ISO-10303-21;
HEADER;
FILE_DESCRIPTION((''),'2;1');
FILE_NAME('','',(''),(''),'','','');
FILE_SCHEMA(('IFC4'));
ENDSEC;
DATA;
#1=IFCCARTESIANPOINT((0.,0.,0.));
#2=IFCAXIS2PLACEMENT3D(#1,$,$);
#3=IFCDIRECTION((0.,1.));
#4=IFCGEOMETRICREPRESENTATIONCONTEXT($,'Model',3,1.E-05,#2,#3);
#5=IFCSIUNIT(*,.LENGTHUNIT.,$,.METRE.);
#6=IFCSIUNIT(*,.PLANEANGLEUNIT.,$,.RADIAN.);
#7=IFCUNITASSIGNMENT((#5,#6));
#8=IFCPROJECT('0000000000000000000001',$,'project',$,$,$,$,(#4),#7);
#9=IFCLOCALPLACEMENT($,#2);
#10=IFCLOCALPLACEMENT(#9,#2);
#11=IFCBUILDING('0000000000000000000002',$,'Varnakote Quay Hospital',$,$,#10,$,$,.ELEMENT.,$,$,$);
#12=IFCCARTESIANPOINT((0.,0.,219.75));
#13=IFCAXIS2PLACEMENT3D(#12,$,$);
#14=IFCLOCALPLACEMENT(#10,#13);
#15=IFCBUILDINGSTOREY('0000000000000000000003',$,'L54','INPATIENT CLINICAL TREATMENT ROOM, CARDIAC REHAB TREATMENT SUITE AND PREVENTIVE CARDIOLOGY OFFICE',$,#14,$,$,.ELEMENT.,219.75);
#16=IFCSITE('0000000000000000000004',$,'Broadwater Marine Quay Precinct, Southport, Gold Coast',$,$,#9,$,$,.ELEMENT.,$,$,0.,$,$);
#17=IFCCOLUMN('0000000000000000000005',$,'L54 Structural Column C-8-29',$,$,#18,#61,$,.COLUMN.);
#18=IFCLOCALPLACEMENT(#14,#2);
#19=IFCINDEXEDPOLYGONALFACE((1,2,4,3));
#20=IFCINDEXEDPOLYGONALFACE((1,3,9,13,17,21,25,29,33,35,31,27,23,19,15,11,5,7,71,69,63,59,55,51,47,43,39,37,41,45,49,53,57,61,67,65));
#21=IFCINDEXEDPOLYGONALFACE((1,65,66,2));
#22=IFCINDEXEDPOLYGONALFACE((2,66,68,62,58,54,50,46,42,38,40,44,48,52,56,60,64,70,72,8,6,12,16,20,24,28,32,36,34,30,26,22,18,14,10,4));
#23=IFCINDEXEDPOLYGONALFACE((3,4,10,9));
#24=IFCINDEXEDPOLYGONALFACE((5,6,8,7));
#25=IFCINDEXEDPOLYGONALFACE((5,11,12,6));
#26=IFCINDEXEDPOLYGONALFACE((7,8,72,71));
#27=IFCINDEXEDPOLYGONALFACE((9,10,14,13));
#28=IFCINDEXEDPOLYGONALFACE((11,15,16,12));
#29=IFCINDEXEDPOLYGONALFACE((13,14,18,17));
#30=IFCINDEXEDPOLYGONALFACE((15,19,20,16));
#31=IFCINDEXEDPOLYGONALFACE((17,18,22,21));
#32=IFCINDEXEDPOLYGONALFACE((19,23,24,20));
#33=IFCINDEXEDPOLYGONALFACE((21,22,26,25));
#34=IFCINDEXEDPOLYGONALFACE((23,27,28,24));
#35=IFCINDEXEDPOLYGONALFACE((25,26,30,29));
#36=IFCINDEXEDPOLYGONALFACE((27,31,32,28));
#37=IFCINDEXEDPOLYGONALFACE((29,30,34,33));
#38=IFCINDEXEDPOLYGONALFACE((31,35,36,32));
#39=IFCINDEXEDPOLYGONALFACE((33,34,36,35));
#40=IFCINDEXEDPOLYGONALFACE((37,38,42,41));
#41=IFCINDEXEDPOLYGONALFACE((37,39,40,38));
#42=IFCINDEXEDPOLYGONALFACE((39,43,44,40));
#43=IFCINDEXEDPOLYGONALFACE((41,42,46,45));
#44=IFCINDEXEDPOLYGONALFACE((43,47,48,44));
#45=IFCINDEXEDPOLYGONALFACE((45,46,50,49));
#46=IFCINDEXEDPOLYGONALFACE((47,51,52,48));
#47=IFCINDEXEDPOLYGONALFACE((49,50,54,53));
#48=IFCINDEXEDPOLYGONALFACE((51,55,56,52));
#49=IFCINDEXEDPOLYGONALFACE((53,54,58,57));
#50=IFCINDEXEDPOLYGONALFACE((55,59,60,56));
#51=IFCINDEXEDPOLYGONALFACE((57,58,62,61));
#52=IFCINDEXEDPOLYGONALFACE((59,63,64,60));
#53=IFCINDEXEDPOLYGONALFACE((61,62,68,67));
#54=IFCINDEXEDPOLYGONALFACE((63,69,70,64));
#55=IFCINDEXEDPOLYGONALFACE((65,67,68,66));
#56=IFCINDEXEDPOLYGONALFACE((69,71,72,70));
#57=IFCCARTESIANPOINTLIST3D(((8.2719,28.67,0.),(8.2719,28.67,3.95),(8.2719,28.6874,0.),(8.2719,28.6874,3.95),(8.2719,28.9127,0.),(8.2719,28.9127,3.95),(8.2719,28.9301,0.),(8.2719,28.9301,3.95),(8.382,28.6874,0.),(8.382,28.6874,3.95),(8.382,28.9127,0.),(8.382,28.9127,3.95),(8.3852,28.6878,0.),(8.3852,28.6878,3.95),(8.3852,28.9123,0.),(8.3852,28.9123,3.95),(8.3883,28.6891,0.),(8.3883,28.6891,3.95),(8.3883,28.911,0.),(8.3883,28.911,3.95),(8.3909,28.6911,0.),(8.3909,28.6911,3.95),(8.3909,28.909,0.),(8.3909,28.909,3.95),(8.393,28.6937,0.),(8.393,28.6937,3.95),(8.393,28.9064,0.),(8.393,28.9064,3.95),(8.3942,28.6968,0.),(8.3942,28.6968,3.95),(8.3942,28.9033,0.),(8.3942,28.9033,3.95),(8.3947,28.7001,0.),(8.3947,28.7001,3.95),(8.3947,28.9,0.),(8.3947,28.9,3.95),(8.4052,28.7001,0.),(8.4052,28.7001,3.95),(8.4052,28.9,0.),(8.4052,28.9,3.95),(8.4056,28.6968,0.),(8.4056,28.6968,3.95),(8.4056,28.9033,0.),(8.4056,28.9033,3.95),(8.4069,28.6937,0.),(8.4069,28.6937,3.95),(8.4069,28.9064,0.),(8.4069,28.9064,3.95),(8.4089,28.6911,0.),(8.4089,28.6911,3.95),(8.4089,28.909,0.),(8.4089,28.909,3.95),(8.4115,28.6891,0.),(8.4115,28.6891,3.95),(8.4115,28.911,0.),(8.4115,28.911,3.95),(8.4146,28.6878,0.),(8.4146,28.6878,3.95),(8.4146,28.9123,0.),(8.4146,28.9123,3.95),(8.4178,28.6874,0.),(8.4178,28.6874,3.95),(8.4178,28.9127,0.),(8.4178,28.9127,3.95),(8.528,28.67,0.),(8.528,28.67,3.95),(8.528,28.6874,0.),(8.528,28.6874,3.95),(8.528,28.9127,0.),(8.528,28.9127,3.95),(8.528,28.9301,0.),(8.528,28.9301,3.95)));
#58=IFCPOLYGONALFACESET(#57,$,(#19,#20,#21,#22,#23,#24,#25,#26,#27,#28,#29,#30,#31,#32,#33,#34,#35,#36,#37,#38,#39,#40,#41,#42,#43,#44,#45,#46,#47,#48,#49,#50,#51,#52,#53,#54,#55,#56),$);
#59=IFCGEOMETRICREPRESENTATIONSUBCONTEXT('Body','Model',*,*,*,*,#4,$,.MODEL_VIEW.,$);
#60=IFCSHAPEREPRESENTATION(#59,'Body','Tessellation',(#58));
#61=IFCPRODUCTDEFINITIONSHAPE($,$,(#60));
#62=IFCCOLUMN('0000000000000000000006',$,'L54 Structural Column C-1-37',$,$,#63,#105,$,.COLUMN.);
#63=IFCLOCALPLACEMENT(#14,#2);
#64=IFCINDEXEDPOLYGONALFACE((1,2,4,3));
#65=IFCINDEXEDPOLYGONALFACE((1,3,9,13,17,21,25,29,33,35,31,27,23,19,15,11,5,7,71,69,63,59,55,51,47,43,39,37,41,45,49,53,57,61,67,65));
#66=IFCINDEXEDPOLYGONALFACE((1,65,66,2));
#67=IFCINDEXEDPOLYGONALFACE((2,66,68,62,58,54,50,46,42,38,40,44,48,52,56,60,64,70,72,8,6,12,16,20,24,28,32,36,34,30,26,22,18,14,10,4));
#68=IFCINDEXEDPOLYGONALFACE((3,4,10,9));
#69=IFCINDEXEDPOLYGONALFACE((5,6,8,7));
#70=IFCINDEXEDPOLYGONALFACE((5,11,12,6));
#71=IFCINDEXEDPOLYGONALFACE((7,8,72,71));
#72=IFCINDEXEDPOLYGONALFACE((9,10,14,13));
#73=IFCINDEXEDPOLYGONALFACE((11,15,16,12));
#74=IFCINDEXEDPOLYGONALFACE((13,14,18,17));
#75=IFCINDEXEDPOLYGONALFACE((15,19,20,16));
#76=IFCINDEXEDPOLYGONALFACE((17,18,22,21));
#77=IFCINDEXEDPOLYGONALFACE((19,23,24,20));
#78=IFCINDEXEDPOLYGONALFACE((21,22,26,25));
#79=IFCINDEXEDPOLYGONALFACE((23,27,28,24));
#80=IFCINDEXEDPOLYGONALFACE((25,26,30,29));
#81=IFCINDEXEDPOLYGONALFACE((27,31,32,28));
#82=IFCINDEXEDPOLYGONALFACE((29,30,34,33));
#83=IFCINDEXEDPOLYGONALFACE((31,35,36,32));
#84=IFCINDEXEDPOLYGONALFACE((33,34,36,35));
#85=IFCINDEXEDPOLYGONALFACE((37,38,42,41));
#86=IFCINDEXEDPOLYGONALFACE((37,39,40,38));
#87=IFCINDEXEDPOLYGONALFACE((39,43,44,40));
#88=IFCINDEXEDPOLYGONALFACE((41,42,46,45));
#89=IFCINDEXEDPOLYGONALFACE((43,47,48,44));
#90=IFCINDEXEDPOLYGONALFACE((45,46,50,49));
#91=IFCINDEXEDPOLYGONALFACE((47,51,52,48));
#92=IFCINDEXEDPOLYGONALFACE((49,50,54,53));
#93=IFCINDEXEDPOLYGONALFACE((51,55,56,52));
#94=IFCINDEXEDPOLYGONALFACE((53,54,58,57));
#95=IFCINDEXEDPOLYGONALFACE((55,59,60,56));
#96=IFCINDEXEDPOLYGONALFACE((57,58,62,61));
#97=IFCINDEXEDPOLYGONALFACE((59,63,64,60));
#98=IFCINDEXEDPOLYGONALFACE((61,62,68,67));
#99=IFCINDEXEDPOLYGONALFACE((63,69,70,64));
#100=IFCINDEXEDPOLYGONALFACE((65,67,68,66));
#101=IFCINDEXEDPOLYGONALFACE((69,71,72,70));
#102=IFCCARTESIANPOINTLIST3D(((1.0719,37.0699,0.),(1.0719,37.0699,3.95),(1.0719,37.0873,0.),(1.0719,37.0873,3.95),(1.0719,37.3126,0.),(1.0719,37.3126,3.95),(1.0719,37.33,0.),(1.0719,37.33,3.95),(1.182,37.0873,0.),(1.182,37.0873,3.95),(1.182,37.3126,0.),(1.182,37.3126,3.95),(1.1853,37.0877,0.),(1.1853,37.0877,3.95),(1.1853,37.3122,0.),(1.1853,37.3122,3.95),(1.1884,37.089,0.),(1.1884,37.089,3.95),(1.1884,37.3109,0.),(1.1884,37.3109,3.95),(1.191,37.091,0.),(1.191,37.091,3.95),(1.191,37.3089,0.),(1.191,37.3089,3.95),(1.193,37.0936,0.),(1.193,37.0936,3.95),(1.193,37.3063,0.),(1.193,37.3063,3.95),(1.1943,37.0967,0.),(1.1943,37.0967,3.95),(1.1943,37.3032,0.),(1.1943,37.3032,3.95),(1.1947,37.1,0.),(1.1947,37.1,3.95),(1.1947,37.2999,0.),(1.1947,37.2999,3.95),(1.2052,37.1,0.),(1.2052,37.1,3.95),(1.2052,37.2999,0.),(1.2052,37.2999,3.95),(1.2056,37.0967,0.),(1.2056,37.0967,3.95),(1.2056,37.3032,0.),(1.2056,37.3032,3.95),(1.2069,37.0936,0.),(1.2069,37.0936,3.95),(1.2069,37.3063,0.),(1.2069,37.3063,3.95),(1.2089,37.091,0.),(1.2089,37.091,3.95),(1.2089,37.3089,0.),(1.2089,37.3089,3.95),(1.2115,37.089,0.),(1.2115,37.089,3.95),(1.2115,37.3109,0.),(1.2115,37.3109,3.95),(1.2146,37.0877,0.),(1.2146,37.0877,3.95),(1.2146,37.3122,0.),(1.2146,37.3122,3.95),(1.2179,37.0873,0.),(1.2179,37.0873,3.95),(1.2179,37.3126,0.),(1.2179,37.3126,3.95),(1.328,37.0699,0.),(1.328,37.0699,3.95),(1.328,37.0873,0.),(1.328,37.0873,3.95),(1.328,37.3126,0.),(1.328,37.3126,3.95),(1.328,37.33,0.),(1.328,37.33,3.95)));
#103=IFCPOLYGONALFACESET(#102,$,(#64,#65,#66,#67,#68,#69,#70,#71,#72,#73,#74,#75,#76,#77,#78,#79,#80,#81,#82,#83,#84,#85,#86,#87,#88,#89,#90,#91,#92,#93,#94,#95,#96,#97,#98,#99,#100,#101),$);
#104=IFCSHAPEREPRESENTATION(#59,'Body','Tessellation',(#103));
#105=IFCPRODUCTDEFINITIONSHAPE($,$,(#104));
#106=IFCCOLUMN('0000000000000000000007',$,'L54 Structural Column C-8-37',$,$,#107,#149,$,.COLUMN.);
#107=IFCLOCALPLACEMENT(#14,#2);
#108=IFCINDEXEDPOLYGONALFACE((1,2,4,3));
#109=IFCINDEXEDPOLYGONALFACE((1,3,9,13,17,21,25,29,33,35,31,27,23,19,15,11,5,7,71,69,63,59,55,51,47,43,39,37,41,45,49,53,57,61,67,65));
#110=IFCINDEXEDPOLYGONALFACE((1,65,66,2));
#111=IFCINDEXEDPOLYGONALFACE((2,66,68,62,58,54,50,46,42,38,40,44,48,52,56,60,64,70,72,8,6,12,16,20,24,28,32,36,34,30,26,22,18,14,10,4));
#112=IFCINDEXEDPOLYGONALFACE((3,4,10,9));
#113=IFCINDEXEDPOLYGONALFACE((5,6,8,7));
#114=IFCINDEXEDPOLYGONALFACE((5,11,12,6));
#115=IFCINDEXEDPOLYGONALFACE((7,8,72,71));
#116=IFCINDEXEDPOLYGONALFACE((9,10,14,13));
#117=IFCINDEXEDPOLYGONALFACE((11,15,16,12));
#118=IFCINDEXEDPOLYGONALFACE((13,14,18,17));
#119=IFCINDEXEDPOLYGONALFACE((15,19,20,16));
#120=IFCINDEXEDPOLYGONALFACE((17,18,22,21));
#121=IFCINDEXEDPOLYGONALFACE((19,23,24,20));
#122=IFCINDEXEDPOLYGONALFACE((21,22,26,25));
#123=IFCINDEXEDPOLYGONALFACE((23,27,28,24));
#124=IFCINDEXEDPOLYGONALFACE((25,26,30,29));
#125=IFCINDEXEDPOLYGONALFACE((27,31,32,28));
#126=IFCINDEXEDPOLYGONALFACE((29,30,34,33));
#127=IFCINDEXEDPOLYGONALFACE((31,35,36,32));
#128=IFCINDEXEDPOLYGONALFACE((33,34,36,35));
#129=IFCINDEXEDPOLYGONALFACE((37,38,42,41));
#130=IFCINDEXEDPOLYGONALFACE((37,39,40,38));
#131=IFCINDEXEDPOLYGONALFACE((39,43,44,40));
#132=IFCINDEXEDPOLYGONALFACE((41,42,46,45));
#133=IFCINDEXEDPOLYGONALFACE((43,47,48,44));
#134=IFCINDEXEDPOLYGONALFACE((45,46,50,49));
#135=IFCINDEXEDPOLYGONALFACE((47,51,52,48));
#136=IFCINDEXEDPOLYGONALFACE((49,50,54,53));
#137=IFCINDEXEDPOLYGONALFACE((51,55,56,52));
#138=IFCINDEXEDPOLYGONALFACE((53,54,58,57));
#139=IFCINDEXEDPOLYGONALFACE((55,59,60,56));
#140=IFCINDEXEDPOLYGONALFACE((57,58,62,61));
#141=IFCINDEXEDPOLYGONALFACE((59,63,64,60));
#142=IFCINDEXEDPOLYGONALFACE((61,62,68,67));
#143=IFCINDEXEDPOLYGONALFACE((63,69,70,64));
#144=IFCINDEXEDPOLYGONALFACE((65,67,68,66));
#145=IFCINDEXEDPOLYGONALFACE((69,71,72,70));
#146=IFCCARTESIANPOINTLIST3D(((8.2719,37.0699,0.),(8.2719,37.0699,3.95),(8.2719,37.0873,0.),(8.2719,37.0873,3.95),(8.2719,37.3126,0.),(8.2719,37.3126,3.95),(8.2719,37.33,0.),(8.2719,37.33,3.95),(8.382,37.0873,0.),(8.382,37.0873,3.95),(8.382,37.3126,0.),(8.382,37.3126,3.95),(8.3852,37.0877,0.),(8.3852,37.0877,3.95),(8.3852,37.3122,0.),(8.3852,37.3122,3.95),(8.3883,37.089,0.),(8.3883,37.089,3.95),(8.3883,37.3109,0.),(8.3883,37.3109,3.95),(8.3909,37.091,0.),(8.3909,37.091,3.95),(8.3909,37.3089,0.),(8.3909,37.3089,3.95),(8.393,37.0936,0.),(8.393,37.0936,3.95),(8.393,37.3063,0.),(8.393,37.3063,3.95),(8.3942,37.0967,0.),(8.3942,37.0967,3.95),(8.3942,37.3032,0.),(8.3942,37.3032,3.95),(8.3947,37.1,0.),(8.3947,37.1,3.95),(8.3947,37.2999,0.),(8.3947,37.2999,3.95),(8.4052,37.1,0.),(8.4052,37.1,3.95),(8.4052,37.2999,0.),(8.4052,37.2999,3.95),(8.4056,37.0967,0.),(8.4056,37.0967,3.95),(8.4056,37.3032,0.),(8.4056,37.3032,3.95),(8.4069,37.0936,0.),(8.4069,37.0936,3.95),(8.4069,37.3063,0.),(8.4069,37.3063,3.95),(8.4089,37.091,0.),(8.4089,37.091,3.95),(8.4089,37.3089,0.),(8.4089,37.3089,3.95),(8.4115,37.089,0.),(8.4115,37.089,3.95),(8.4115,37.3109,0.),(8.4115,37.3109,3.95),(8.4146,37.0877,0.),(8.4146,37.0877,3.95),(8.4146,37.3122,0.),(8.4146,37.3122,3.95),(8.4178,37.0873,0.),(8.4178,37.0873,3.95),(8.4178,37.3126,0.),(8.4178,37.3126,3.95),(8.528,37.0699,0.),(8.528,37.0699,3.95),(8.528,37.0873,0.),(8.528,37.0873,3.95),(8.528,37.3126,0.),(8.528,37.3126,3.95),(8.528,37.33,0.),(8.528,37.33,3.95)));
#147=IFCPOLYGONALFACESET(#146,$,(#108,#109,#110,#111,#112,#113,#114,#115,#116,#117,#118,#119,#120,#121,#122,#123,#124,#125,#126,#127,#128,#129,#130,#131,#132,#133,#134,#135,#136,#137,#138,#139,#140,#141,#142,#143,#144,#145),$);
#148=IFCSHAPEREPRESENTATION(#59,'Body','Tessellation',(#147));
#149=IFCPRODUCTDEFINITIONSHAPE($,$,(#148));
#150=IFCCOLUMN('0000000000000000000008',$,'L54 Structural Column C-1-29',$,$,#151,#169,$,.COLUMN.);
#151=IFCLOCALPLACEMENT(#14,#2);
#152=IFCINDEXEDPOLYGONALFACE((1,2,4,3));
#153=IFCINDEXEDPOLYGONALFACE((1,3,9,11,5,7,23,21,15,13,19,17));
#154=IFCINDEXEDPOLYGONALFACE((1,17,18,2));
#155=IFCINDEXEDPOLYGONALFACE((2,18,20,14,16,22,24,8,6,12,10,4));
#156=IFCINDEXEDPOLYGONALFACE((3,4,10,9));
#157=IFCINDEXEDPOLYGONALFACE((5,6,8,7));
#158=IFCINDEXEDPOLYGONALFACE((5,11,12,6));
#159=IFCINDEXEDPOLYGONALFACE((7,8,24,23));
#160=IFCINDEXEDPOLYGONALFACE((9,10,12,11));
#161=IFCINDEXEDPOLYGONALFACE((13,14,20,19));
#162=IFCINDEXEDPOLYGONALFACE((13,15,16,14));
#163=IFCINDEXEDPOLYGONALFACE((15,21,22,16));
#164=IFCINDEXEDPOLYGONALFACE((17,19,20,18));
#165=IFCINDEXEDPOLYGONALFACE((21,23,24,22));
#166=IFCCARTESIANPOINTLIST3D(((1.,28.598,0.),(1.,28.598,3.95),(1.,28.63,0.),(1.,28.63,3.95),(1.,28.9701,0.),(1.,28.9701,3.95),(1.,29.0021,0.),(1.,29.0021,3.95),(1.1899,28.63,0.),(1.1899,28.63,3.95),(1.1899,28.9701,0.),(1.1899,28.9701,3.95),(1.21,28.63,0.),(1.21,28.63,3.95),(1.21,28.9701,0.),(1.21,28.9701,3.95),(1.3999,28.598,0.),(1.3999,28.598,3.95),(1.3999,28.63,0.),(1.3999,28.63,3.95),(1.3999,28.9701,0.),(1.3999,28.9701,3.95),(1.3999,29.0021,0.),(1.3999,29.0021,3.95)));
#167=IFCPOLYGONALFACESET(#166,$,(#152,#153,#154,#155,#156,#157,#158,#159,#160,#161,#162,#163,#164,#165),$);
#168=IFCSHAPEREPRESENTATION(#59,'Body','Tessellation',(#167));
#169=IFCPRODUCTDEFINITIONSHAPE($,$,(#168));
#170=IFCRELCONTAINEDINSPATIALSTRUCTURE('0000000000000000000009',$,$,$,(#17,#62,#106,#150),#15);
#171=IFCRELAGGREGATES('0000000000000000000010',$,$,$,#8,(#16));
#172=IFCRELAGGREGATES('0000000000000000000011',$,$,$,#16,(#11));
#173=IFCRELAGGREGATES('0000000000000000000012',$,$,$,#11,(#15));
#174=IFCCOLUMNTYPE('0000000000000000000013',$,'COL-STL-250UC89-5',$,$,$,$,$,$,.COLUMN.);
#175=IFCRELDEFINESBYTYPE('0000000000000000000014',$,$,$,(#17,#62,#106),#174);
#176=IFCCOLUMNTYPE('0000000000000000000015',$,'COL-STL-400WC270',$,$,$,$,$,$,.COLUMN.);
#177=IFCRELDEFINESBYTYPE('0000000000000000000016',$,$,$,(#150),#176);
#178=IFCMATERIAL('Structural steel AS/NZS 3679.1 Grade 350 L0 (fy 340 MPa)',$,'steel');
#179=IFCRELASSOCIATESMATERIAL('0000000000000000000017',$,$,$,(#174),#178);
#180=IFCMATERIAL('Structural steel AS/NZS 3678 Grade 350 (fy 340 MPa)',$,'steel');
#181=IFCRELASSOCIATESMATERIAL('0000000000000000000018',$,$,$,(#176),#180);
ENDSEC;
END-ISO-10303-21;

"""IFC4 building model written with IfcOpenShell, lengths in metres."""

from ifc_helpers import new_model, si_unit, direction, frame, origin, origin_2d, place, context, subcontext, project, spatial, i_section, extrude, material, material_profile, profile_set, type_object, element, save


model = new_model("IFC4")

# Units and contexts
model_context = context("Model", 3, precision=1e-05, world=origin(), true_north=direction((0.0, 1.0)))
body_context = subcontext(model_context, "Body", "Model", "MODEL_VIEW")
ifc_project = project(units=[si_unit("LENGTHUNIT", "METRE"), si_unit("PLANEANGLEUNIT", "RADIAN")], contexts=[model_context])

# Site, building, storey
site_placement = place(None, origin())
site = spatial("IfcSite", under=ifc_project, at=site_placement, Name="Broadwater Marine Quay Precinct, Southport, Gold Coast", CompositionType="ELEMENT", RefElevation=0.0)
building_placement = place(site_placement, origin())
building = spatial("IfcBuilding", under=site, at=building_placement, Name="Varnakote Quay Hospital", CompositionType="ELEMENT")
storey_placement = place(building_placement, frame((0.0, 0.0, 219.75)))
storey = spatial("IfcBuildingStorey", under=building, at=storey_placement, Name="L54", Description="INPATIENT CLINICAL TREATMENT ROOM, CARDIAC REHAB TREATMENT SUITE AND PREVENTIVE CARDIOLOGY OFFICE", CompositionType="ELEMENT", Elevation=219.75)

# Columns
ifc_material_1 = material(Name="Structural steel AS/NZS 3679.1 Grade 350 L0 (fy 340 MPa)", Category="steel")
ifc_material_profile_1 = material_profile(ifc_material_1, i_section(OverallWidth=0.2561, OverallDepth=0.26, WebThickness=0.0105, FlangeThickness=0.0173, FilletRadius=0.0127, at=origin_2d()), Name="250UC89.5")
ifc_profile_set_1 = profile_set([ifc_material_profile_1], Name="Structural steel AS/NZS 3679.1 Grade 350 L0 (fy 340 MPa)")
column_type_1 = type_object("IfcColumnType", Name="COL-STL-250UC89-5", PredefinedType="COLUMN", material=ifc_profile_set_1)
for number, where, z_axis, x_axis, name in (
    (1, (8.3999, 28.8, 0.0), (0.0, 0.0, 1.0), (1.0, 0.0, 0.0), "L54 Structural Column C-8-29"),
    (2, (1.2, 37.2, 0.0), (0.0, 0.0, 1.0), (1.0, 0.0, 0.0), "L54 Structural Column C-1-37"),
    (3, (8.3999, 37.2, 0.0), (0.0, 0.0, 1.0), (1.0, 0.0, 0.0), "L54 Structural Column C-8-37"),
):
    element("IfcColumn", number, at=place(storey_placement, frame(where, z_axis=z_axis, x_axis=x_axis)), inside=storey, type_object=column_type_1, Name=name, PredefinedType="COLUMN", context=body_context, shape_type="SweptSolid", body=[
        extrude(i_section(OverallWidth=0.2561, OverallDepth=0.26, WebThickness=0.0105, FlangeThickness=0.0173, FilletRadius=0.0127, at=origin_2d()), origin(), (0.0, 0.0, 1.0), 3.95),
    ])
ifc_material_2 = material(Name="Structural steel AS/NZS 3678 Grade 350 (fy 340 MPa)", Category="steel")
ifc_material_profile_2 = material_profile(ifc_material_2, i_section(OverallWidth=0.3999, OverallDepth=0.4041, WebThickness=0.02, FlangeThickness=0.032, at=origin_2d()), Name="400WC270")
ifc_profile_set_2 = profile_set([ifc_material_profile_2], Name="Structural steel AS/NZS 3678 Grade 350 (fy 340 MPa)")
column_type_2 = type_object("IfcColumnType", Name="COL-STL-400WC270", PredefinedType="COLUMN", material=ifc_profile_set_2)
column_placement = place(storey_placement, frame((1.2, 28.8, 0.0), z_axis=(0.0, 0.0, 1.0), x_axis=(1.0, 0.0, 0.0)))
element("IfcColumn", 4, at=column_placement, inside=storey, type_object=column_type_2, Name="L54 Structural Column C-1-29", PredefinedType="COLUMN", context=body_context, shape_type="SweptSolid", body=[
    extrude(i_section(OverallWidth=0.3999, OverallDepth=0.4041, WebThickness=0.02, FlangeThickness=0.032, at=origin_2d()), origin(), (0.0, 0.0, 1.0), 3.95),
])

save(model, "model.ifc")
